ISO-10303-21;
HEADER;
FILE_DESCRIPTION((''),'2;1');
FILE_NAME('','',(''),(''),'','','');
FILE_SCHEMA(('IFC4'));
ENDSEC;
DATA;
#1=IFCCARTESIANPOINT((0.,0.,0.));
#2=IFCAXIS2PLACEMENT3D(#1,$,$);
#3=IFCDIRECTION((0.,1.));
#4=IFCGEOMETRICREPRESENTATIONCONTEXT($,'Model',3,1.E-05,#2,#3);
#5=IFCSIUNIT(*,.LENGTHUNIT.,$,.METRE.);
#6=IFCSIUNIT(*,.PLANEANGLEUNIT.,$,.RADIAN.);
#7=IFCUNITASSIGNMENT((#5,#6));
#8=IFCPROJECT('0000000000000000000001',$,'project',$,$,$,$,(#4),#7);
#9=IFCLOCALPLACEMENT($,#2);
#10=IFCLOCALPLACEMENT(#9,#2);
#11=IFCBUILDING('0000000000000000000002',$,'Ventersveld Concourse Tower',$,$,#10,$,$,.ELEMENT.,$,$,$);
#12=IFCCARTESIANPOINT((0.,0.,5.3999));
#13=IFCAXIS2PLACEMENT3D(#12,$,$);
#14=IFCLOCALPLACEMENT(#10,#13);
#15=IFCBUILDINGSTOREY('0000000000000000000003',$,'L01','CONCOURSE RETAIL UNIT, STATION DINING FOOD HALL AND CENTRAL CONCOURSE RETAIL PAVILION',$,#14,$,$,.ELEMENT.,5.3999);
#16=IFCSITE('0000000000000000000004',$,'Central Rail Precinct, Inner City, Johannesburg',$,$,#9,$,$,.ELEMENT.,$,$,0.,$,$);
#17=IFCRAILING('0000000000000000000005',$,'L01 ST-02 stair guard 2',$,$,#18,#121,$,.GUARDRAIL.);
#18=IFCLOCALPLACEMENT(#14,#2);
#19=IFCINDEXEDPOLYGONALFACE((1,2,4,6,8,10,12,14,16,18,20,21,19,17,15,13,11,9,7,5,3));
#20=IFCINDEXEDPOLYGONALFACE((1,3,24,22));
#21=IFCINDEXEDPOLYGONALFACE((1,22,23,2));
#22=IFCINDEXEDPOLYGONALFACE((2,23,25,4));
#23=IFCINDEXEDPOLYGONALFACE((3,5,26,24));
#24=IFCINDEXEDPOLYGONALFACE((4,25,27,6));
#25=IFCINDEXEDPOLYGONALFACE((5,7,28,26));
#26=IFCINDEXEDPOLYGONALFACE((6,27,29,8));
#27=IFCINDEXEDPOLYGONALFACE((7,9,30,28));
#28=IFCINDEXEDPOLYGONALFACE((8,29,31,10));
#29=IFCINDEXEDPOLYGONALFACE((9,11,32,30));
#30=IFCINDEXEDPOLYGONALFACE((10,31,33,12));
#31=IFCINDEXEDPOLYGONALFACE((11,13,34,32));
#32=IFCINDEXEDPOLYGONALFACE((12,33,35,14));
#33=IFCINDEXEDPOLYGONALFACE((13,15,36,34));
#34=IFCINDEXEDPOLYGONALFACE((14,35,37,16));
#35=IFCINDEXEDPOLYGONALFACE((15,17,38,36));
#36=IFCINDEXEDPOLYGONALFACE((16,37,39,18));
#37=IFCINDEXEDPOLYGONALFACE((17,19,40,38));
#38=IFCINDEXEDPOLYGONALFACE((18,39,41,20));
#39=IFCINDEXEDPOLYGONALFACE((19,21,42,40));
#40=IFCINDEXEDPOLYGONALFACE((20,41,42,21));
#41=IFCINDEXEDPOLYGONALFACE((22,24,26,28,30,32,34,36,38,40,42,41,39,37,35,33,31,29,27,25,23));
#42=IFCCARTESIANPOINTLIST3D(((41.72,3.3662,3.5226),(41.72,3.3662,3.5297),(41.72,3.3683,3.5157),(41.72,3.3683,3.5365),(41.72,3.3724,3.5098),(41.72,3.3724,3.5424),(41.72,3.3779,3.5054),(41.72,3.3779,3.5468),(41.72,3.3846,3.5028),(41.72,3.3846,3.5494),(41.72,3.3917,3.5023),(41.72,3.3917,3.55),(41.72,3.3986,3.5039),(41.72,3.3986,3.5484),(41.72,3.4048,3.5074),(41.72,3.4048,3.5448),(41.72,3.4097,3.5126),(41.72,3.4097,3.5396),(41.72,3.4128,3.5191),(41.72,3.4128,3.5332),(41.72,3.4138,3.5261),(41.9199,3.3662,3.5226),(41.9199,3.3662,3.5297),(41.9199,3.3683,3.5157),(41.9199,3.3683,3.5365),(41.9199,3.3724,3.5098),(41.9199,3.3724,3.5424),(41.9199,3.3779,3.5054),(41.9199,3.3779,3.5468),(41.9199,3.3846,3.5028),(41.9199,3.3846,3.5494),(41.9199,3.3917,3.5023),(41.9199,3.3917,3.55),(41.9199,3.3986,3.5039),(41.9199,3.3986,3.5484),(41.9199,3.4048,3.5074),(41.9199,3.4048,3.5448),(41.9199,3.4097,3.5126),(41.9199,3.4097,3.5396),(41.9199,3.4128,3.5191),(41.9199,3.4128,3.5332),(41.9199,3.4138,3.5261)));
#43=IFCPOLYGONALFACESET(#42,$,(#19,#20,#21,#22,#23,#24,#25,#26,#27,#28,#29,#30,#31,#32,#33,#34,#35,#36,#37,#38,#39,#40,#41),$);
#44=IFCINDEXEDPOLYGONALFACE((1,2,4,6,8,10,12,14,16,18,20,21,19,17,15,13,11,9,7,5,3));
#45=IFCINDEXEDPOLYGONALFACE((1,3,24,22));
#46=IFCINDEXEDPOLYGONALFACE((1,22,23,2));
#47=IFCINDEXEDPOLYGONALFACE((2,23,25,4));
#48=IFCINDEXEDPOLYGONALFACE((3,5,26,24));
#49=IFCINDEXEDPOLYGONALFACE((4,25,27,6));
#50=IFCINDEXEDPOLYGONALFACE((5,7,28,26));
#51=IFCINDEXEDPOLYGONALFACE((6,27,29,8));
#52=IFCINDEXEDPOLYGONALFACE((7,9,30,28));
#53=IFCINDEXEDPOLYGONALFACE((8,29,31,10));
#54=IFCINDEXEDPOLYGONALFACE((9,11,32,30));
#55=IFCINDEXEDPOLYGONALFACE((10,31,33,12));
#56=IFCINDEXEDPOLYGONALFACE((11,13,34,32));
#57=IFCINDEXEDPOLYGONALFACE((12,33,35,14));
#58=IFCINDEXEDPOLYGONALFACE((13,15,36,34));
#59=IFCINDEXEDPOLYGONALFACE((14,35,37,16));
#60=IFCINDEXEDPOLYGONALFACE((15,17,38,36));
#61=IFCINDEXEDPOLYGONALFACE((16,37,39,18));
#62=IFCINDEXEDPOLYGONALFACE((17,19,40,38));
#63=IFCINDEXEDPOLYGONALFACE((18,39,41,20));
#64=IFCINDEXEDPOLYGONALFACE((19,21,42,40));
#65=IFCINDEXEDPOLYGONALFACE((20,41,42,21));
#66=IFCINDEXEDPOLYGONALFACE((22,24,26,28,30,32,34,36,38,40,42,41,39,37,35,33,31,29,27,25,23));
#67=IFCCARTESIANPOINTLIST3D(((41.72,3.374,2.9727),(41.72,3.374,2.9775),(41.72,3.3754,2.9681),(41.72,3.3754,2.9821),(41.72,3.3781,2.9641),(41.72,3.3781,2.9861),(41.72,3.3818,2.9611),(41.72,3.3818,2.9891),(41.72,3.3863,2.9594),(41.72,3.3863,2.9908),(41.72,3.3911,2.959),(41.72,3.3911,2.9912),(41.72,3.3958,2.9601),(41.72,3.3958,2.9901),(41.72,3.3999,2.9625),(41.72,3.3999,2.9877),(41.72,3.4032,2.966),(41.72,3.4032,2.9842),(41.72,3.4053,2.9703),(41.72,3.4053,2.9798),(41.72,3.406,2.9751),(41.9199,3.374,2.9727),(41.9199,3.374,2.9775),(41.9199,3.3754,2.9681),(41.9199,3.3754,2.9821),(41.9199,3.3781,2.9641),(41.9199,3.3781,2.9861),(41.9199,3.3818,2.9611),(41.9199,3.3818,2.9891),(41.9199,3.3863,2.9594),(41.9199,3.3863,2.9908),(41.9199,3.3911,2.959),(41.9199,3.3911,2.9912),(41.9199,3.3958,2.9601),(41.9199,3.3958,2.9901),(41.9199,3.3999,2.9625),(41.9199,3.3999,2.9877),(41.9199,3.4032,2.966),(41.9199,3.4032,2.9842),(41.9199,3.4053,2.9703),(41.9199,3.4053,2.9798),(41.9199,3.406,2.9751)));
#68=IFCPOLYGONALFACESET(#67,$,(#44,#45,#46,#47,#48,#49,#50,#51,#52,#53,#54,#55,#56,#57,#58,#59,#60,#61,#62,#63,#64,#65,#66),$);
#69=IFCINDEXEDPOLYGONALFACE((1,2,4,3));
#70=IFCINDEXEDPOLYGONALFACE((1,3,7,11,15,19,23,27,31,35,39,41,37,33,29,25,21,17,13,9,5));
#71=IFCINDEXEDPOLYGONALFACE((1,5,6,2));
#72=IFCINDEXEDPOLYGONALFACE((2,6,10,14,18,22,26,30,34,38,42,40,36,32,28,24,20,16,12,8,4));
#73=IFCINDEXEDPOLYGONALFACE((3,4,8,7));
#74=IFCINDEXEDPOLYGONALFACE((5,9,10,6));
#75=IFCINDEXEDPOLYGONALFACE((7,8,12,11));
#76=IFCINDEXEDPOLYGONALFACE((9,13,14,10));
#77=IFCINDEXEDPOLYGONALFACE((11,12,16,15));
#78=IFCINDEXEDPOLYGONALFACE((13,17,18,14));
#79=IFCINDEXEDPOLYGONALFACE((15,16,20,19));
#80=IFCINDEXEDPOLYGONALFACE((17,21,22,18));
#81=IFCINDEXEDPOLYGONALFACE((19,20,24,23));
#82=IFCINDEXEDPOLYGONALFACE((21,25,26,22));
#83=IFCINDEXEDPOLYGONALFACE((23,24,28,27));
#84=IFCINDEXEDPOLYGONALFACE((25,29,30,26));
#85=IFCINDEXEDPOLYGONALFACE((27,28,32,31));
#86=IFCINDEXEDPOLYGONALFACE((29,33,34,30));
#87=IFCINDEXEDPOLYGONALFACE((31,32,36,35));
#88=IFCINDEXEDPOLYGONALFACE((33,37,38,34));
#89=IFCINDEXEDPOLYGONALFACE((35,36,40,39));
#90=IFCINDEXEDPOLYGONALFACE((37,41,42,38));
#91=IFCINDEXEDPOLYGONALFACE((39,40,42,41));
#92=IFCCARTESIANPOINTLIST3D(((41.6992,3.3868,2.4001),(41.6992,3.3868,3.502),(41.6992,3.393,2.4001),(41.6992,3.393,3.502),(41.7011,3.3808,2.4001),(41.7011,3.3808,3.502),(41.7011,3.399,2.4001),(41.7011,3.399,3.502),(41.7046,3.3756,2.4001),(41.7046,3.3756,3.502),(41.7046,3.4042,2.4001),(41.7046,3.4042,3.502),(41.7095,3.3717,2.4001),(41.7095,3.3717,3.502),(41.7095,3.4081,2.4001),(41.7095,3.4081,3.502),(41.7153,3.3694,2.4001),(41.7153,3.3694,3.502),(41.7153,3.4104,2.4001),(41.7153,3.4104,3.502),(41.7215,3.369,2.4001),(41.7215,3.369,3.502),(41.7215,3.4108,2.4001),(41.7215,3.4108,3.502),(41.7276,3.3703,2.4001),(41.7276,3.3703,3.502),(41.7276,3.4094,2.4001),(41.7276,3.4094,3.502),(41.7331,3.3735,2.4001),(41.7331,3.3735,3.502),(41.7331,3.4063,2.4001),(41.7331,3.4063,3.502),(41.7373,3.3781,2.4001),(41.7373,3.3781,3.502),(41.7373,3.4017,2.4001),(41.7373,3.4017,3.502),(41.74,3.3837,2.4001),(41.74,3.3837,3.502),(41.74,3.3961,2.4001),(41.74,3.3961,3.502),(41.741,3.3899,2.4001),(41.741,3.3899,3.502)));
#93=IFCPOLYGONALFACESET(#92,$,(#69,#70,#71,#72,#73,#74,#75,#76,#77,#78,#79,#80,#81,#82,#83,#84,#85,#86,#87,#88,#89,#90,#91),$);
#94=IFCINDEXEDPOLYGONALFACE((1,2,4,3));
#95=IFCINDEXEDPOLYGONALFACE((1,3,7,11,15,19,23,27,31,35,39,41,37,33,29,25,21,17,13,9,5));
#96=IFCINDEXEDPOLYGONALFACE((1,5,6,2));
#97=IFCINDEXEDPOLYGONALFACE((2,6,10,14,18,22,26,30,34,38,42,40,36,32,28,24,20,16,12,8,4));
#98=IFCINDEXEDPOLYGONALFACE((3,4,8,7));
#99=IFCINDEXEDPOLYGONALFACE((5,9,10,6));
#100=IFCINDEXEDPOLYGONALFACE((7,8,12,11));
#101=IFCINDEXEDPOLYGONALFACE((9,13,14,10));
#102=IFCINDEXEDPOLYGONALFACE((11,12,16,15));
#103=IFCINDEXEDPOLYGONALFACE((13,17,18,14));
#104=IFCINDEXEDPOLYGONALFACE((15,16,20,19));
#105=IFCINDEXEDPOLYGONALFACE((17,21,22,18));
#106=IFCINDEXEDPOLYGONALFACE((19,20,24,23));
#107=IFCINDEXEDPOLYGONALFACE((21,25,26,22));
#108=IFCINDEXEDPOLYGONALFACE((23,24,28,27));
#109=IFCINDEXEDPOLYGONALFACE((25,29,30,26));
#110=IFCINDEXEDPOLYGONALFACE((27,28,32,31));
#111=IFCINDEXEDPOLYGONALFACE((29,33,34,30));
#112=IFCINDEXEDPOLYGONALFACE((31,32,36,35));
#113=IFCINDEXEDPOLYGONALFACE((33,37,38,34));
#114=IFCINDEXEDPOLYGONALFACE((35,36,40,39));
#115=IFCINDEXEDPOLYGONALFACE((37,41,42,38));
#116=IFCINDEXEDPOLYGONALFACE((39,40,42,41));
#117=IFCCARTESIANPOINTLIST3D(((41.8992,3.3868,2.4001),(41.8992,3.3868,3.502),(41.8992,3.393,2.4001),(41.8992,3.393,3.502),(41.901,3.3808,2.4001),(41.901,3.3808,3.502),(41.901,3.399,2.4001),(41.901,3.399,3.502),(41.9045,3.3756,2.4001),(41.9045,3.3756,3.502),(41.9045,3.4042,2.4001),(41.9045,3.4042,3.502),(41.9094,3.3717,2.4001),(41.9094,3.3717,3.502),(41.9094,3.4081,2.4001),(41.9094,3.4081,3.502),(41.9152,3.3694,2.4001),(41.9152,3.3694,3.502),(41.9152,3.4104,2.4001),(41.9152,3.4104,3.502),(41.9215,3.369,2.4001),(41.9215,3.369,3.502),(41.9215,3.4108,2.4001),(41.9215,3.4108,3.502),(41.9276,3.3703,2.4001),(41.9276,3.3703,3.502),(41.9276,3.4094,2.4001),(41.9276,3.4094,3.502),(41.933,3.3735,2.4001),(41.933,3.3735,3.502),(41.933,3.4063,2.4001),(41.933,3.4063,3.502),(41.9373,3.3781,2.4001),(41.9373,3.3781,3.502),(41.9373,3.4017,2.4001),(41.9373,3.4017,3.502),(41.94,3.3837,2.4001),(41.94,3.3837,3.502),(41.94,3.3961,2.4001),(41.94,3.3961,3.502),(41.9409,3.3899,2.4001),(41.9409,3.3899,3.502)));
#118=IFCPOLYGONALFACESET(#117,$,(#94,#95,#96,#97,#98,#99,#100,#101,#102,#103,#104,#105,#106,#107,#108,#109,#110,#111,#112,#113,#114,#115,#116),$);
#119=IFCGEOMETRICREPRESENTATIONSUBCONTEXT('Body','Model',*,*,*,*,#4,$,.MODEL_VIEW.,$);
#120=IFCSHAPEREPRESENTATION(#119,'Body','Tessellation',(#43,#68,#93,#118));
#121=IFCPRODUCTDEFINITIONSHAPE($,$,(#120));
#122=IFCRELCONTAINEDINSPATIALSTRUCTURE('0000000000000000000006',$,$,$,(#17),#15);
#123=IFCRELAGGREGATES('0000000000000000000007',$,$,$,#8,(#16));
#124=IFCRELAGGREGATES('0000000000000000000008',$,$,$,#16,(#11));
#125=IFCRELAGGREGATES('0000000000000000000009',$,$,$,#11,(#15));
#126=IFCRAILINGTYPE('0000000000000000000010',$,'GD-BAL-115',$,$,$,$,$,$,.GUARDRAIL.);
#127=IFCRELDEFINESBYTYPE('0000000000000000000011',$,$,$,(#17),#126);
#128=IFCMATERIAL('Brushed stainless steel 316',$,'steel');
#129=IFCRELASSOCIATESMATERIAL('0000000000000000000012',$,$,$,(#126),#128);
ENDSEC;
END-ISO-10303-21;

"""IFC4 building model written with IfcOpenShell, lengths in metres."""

from ifc_helpers import new_model, si_unit, direction, frame, origin, origin_2d, place, context, subcontext, project, spatial, circle, extrude, material, type_object, element, save


model = new_model("IFC4")

# Units and contexts
model_context = context("Model", 3, precision=1e-05, world=origin(), true_north=direction((0.0, 1.0)))
body_context = subcontext(model_context, "Body", "Model", "MODEL_VIEW")
ifc_project = project(units=[si_unit("LENGTHUNIT", "METRE"), si_unit("PLANEANGLEUNIT", "RADIAN")], contexts=[model_context])

# Site, building, storey
site_placement = place(None, origin())
site = spatial("IfcSite", under=ifc_project, at=site_placement, Name="Central Rail Precinct, Inner City, Johannesburg", CompositionType="ELEMENT", RefElevation=0.0)
building_placement = place(site_placement, origin())
building = spatial("IfcBuilding", under=site, at=building_placement, Name="Ventersveld Concourse Tower", CompositionType="ELEMENT")
storey_placement = place(building_placement, frame((0.0, 0.0, 5.3999)))
storey = spatial("IfcBuildingStorey", under=building, at=storey_placement, Name="L01", Description="CONCOURSE RETAIL UNIT, STATION DINING FOOD HALL AND CENTRAL CONCOURSE RETAIL PAVILION", CompositionType="ELEMENT", Elevation=5.3999)

# Shared definitions
ifc_material_1 = material(Name="Brushed stainless steel 316", Category="steel")

# Railing
railing_type_1 = type_object("IfcRailingType", Name="GD-BAL-115", PredefinedType="GUARDRAIL", material=ifc_material_1)
railing_1_placement = place(storey_placement, frame((41.72, 3.3899, 2.4001)))
element("IfcRailing", 1, at=railing_1_placement, inside=storey, type_object=railing_type_1, Name="L01 ST-02 stair guard 2", PredefinedType="GUARDRAIL", context=body_context, shape_type="SweptSolid", body=[
    extrude(circle(Radius=0.0239, at=origin_2d()), frame((0.0, 0.0, 1.126), z_axis=(1.0, 0.0, 0.0), x_axis=(0.0, 1.0, 0.0)), (0.0, 0.0, 1.0), 0.2),
    extrude(circle(Radius=0.0161, at=origin_2d()), frame((0.0, 0.0, 0.575), z_axis=(1.0, 0.0, 0.0), x_axis=(0.0, 1.0, 0.0)), (0.0, 0.0, 1.0), 0.2),
    extrude(circle(Radius=0.021, at=origin_2d()), origin(), (0.0, 0.0, 1.0), 1.1018),
    extrude(circle(Radius=0.021, at=origin_2d()), frame((0.2, 0.0, 0.0)), (0.0, 0.0, 1.0), 1.1018),
])

save(model, "model.ifc")
